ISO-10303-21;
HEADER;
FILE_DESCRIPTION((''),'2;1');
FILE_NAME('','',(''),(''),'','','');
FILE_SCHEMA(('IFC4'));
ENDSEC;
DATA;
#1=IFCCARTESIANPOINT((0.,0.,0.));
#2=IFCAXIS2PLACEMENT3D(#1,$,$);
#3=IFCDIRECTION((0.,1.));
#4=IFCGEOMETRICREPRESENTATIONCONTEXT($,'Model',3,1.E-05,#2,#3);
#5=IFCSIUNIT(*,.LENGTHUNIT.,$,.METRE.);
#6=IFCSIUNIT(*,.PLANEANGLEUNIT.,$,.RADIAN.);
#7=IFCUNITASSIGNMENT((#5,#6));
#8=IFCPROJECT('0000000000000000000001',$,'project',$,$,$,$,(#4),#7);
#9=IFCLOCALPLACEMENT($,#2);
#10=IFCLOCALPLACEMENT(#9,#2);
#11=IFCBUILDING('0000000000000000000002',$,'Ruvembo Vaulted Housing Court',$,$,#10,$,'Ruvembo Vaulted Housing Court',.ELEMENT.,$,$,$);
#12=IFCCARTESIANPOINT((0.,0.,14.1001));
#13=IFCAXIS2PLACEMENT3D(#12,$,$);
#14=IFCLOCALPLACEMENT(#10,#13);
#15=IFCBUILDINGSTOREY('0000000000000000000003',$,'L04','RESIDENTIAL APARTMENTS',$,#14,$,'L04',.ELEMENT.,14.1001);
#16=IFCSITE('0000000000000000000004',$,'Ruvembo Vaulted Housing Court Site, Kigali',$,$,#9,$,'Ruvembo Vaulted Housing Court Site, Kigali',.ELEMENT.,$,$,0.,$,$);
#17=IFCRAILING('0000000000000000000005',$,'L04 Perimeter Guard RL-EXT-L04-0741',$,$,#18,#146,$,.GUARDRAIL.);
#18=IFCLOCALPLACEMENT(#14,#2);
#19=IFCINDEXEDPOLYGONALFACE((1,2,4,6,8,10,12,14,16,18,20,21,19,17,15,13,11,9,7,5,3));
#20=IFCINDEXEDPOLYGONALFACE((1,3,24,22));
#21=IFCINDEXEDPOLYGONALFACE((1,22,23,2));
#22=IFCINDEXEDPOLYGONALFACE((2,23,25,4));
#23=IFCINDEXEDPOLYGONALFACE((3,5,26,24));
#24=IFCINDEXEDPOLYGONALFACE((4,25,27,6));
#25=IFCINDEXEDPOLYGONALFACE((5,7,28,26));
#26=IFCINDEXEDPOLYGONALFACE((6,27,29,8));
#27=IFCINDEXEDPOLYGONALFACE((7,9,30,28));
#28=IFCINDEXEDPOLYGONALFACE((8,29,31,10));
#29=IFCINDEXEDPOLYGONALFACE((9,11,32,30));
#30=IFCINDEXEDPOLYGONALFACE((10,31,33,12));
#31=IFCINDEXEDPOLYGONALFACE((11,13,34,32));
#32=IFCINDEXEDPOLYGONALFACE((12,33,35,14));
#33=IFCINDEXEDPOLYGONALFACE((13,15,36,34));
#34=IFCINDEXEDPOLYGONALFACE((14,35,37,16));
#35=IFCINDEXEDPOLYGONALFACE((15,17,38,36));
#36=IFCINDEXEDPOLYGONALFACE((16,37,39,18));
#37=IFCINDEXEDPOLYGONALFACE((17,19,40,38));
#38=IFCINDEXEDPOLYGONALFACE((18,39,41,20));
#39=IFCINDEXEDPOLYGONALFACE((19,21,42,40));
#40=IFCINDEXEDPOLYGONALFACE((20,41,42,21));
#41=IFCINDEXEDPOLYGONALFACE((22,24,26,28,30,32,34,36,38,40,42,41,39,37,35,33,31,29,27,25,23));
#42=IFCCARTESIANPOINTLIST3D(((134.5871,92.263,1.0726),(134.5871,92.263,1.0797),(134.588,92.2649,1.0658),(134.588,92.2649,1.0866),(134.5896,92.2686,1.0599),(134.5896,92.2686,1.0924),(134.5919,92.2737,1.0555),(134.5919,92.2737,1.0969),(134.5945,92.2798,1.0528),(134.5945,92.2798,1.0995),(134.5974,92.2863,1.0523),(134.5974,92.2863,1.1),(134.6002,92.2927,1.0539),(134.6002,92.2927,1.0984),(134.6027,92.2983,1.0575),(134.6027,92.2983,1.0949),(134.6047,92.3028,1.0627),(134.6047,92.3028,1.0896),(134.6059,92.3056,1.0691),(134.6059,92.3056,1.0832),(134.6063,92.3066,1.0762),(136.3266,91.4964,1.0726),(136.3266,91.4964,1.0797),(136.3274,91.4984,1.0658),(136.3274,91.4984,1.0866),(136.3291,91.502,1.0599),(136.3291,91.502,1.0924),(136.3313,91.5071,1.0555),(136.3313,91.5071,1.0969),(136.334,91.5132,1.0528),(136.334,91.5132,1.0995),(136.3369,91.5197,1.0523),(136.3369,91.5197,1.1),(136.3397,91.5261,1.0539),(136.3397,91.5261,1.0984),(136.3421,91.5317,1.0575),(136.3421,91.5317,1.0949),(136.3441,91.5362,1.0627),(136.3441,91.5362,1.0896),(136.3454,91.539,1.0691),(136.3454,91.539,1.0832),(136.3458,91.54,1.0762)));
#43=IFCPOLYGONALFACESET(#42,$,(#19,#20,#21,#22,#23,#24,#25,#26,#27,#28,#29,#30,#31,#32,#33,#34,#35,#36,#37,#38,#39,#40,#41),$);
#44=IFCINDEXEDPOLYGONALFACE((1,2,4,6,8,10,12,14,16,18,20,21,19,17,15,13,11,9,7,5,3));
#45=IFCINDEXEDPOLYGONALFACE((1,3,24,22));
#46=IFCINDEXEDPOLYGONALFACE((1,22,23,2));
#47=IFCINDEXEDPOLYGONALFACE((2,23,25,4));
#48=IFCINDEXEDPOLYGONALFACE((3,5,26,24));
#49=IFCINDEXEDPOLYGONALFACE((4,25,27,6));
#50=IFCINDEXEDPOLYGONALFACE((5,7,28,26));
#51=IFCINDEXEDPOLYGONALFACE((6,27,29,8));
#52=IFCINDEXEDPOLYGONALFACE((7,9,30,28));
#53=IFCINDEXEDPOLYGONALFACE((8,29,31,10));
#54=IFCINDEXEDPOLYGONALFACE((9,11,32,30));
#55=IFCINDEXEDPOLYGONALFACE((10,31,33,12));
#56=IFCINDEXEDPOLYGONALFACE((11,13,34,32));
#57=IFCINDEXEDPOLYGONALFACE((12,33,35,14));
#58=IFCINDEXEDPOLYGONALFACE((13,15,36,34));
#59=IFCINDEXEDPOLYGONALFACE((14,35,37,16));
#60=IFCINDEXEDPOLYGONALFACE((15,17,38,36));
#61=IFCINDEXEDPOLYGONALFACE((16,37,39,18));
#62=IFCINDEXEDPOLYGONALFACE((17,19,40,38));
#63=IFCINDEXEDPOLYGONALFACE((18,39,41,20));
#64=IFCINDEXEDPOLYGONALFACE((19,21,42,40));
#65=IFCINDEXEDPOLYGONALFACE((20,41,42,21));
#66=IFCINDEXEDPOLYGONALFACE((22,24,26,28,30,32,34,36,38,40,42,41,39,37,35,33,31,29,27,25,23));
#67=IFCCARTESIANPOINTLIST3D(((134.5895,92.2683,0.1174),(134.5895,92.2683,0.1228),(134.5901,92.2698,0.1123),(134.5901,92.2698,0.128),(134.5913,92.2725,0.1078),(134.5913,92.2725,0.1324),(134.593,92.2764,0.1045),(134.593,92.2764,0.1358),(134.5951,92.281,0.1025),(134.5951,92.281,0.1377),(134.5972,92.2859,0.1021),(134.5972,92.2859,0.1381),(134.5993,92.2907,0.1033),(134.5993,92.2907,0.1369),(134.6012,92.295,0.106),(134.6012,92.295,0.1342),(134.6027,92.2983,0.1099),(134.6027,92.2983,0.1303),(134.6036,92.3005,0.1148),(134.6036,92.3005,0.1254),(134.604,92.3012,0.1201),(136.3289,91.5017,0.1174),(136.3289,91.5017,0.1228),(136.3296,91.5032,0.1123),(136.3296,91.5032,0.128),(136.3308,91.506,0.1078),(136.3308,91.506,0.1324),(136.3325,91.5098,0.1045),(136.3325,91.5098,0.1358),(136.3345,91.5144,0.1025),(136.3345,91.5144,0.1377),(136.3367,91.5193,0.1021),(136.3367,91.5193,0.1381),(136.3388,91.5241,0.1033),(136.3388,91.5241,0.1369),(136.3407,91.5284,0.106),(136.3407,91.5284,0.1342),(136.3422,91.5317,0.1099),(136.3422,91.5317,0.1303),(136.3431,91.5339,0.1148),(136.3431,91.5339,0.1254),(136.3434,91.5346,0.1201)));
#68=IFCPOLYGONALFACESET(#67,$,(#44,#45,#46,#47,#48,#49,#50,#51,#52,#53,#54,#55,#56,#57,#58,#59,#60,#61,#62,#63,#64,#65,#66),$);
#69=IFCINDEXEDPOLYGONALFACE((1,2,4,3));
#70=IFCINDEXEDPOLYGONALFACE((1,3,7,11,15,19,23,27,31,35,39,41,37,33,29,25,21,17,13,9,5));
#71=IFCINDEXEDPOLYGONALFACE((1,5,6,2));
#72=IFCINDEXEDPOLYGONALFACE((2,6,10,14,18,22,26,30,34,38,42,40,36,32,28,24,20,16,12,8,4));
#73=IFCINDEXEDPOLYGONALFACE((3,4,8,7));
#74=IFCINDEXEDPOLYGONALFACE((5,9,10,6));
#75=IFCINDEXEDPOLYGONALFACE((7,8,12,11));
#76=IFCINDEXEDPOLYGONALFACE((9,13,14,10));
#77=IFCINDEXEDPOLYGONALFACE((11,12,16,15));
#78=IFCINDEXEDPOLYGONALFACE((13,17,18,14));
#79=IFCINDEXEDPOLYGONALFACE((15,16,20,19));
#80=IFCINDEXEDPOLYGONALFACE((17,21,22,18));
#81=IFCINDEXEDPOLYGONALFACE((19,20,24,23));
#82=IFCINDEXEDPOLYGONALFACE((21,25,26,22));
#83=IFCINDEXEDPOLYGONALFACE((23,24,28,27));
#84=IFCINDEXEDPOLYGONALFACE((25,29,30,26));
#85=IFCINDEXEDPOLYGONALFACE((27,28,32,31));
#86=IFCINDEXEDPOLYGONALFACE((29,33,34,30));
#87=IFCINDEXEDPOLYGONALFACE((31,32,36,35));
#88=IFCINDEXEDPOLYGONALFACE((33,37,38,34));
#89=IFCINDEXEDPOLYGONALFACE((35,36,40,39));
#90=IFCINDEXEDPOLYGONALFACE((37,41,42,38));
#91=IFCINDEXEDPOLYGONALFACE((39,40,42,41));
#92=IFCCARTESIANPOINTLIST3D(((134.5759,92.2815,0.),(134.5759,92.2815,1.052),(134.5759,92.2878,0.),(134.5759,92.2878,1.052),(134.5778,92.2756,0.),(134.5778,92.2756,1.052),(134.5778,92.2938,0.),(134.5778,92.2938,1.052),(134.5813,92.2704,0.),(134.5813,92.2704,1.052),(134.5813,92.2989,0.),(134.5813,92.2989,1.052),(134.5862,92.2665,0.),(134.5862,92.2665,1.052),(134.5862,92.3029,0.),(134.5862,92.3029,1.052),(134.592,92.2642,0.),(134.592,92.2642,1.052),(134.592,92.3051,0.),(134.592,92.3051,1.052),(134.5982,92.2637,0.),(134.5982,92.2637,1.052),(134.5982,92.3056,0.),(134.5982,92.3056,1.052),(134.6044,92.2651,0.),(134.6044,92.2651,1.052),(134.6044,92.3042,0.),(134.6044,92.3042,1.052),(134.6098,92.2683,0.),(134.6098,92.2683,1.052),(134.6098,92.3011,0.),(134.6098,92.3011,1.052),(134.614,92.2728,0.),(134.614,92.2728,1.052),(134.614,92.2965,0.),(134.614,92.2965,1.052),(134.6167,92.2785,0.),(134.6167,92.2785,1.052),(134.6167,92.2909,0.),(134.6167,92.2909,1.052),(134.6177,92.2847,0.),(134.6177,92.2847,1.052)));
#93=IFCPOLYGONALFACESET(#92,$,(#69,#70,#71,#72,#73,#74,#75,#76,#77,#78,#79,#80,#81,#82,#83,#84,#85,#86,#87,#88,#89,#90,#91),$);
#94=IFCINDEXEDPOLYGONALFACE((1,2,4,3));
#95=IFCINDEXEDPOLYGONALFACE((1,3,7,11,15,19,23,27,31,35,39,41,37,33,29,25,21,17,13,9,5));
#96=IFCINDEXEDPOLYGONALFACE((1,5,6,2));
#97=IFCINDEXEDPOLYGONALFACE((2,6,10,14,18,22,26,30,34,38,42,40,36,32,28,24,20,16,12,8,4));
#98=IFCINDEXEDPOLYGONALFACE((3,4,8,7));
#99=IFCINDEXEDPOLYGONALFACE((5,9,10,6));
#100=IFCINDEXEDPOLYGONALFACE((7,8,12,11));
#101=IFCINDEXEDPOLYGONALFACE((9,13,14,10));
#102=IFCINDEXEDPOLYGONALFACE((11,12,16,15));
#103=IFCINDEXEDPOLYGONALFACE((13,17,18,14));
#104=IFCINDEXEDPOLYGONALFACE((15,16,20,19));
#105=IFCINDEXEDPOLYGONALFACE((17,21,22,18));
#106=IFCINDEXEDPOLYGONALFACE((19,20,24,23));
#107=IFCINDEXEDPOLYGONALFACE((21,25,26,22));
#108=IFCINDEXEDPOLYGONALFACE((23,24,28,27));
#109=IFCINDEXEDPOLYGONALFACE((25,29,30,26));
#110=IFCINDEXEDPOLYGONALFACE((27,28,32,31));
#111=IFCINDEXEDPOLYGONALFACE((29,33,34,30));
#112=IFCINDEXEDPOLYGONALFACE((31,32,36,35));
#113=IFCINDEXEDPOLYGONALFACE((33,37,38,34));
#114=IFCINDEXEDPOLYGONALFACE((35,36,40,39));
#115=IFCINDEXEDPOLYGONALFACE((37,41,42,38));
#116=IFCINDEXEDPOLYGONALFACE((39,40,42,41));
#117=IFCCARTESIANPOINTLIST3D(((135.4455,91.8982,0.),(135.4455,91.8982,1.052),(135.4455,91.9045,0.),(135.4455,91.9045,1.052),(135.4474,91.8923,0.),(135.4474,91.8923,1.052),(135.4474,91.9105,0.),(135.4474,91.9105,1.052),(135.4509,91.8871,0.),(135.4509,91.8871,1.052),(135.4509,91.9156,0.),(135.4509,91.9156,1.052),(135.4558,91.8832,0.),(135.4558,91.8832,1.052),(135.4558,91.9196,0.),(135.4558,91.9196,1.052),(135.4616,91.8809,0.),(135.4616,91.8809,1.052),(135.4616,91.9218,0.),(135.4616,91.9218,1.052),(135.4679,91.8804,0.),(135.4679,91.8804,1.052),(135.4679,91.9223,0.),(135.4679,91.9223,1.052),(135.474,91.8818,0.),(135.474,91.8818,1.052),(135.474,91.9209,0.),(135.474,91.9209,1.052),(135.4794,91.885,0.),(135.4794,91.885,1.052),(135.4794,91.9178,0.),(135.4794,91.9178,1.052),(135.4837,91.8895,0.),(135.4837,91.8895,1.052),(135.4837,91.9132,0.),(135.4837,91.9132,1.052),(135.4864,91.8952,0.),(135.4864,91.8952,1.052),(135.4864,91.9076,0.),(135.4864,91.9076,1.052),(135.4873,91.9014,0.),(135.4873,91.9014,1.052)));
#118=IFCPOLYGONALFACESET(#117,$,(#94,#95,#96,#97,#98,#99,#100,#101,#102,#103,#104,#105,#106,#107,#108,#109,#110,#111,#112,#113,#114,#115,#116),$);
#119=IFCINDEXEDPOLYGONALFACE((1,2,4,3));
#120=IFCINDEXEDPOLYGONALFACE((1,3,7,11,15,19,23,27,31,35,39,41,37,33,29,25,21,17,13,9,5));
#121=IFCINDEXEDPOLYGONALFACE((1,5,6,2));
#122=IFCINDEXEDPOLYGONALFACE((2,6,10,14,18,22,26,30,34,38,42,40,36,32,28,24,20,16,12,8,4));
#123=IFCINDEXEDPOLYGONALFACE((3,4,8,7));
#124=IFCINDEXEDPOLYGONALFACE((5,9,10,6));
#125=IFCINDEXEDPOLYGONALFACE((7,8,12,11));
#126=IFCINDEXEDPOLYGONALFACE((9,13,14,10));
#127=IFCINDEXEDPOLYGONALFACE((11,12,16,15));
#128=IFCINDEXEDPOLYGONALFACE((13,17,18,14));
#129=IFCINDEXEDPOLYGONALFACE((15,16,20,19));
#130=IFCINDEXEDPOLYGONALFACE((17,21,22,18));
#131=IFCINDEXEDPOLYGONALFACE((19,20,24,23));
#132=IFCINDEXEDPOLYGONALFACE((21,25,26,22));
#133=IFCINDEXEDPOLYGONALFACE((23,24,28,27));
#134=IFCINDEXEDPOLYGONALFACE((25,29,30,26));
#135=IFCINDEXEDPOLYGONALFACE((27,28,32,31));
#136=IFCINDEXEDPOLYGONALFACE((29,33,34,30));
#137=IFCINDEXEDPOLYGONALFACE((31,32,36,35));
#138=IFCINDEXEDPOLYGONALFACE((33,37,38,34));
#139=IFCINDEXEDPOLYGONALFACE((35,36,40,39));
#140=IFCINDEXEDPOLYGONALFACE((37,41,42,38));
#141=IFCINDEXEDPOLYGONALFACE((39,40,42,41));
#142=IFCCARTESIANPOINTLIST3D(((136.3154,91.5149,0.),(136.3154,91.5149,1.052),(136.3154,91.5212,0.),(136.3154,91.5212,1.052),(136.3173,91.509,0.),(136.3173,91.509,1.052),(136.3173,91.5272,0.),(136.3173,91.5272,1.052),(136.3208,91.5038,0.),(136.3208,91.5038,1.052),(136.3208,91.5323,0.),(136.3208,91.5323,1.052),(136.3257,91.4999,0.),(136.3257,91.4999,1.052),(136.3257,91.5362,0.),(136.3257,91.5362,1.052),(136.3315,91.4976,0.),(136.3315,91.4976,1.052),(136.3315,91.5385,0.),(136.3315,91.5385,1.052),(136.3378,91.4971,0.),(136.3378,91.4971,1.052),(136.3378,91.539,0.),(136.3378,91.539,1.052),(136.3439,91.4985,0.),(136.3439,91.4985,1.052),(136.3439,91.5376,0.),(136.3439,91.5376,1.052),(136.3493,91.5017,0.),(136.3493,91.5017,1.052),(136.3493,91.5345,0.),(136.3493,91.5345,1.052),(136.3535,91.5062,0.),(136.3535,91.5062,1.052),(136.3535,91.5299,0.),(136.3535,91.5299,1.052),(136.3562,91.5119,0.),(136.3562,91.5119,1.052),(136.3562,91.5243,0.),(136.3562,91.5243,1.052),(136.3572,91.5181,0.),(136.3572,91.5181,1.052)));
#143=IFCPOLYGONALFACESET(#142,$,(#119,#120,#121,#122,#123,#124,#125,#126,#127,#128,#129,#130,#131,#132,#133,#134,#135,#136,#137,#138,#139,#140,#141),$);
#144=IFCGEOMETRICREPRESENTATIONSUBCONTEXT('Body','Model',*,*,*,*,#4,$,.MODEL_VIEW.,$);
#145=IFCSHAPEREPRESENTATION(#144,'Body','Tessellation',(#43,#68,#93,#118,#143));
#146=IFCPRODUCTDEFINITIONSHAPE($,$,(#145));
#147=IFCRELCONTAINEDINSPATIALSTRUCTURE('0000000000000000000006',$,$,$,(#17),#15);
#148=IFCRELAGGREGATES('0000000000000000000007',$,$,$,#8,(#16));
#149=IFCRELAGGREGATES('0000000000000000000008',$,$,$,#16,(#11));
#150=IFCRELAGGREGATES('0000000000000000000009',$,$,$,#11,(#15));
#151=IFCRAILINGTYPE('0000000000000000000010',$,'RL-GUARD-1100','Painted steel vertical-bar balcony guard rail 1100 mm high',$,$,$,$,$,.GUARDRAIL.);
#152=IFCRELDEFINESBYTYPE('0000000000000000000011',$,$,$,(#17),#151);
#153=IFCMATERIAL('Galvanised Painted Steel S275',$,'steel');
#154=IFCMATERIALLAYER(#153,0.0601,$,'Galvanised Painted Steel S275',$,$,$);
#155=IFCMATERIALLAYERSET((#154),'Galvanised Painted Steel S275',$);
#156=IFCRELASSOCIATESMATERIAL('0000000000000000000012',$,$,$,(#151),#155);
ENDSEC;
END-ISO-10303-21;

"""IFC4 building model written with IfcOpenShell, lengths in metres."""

from ifc_helpers import new_model, si_unit, direction, frame, origin, origin_2d, place, context, subcontext, project, spatial, circle, extrude, material, layer, layer_set, type_object, element, save


model = new_model("IFC4")

# Units and contexts
model_context = context("Model", 3, precision=1e-05, world=origin(), true_north=direction((0.0, 1.0)))
body_context = subcontext(model_context, "Body", "Model", "MODEL_VIEW")
ifc_project = project(units=[si_unit("LENGTHUNIT", "METRE"), si_unit("PLANEANGLEUNIT", "RADIAN")], contexts=[model_context])

# Site, building, storey
site_placement = place(None, origin())
site = spatial("IfcSite", under=ifc_project, at=site_placement, Name="Ruvembo Vaulted Housing Court Site, Kigali", LongName="Ruvembo Vaulted Housing Court Site, Kigali", CompositionType="ELEMENT", RefElevation=0.0)
building_placement = place(site_placement, origin())
building = spatial("IfcBuilding", under=site, at=building_placement, Name="Ruvembo Vaulted Housing Court", LongName="Ruvembo Vaulted Housing Court", CompositionType="ELEMENT")
storey_placement = place(building_placement, frame((0.0, 0.0, 14.1001)))
storey = spatial("IfcBuildingStorey", under=building, at=storey_placement, Name="L04", Description="RESIDENTIAL APARTMENTS", LongName="L04", CompositionType="ELEMENT", Elevation=14.1001)

# Railing
ifc_material_1 = material(Name="Galvanised Painted Steel S275", Category="steel")
ifc_layer_1 = layer(ifc_material_1, 0.0601, Name="Galvanised Painted Steel S275")
ifc_layer_set_1 = layer_set([ifc_layer_1], Name="Galvanised Painted Steel S275")
railing_type = type_object("IfcRailingType", Name="RL-GUARD-1100", Description="Painted steel vertical-bar balcony guard rail 1100 mm high", PredefinedType="GUARDRAIL", material=ifc_layer_set_1)
railing_1_placement = place(storey_placement, frame((134.5967, 92.2847, 0.0)))
element("IfcRailing", 1, at=railing_1_placement, inside=storey, type_object=railing_type, Name="L04 Perimeter Guard RL-EXT-L04-0741", PredefinedType="GUARDRAIL", context=body_context, shape_type="SweptSolid", body=[
    extrude(circle(Radius=0.0239, at=origin_2d()), frame((0.0, 0.0, 1.0762), z_axis=(0.915078, -0.403277, 0.0), x_axis=(0.403277, 0.915078, 0.0)), (0.0, 0.0, 1.0), 1.9009),
    extrude(circle(Radius=0.0181, at=origin_2d()), frame((0.0, 0.0, 0.1201), z_axis=(0.915078, -0.403277, 0.0), x_axis=(0.403277, 0.915078, 0.0)), (0.0, 0.0, 1.0), 1.9009),
    extrude(circle(Radius=0.021, at=origin_2d()), origin(), (0.0, 0.0, 1.0), 1.052),
    extrude(circle(Radius=0.021, at=origin_2d()), frame((0.8696, -0.3833, 0.0)), (0.0, 0.0, 1.0), 1.052),
    extrude(circle(Radius=0.021, at=origin_2d()), frame((1.7395, -0.7666, 0.0)), (0.0, 0.0, 1.0), 1.052),
])

save(model, "model.ifc")
